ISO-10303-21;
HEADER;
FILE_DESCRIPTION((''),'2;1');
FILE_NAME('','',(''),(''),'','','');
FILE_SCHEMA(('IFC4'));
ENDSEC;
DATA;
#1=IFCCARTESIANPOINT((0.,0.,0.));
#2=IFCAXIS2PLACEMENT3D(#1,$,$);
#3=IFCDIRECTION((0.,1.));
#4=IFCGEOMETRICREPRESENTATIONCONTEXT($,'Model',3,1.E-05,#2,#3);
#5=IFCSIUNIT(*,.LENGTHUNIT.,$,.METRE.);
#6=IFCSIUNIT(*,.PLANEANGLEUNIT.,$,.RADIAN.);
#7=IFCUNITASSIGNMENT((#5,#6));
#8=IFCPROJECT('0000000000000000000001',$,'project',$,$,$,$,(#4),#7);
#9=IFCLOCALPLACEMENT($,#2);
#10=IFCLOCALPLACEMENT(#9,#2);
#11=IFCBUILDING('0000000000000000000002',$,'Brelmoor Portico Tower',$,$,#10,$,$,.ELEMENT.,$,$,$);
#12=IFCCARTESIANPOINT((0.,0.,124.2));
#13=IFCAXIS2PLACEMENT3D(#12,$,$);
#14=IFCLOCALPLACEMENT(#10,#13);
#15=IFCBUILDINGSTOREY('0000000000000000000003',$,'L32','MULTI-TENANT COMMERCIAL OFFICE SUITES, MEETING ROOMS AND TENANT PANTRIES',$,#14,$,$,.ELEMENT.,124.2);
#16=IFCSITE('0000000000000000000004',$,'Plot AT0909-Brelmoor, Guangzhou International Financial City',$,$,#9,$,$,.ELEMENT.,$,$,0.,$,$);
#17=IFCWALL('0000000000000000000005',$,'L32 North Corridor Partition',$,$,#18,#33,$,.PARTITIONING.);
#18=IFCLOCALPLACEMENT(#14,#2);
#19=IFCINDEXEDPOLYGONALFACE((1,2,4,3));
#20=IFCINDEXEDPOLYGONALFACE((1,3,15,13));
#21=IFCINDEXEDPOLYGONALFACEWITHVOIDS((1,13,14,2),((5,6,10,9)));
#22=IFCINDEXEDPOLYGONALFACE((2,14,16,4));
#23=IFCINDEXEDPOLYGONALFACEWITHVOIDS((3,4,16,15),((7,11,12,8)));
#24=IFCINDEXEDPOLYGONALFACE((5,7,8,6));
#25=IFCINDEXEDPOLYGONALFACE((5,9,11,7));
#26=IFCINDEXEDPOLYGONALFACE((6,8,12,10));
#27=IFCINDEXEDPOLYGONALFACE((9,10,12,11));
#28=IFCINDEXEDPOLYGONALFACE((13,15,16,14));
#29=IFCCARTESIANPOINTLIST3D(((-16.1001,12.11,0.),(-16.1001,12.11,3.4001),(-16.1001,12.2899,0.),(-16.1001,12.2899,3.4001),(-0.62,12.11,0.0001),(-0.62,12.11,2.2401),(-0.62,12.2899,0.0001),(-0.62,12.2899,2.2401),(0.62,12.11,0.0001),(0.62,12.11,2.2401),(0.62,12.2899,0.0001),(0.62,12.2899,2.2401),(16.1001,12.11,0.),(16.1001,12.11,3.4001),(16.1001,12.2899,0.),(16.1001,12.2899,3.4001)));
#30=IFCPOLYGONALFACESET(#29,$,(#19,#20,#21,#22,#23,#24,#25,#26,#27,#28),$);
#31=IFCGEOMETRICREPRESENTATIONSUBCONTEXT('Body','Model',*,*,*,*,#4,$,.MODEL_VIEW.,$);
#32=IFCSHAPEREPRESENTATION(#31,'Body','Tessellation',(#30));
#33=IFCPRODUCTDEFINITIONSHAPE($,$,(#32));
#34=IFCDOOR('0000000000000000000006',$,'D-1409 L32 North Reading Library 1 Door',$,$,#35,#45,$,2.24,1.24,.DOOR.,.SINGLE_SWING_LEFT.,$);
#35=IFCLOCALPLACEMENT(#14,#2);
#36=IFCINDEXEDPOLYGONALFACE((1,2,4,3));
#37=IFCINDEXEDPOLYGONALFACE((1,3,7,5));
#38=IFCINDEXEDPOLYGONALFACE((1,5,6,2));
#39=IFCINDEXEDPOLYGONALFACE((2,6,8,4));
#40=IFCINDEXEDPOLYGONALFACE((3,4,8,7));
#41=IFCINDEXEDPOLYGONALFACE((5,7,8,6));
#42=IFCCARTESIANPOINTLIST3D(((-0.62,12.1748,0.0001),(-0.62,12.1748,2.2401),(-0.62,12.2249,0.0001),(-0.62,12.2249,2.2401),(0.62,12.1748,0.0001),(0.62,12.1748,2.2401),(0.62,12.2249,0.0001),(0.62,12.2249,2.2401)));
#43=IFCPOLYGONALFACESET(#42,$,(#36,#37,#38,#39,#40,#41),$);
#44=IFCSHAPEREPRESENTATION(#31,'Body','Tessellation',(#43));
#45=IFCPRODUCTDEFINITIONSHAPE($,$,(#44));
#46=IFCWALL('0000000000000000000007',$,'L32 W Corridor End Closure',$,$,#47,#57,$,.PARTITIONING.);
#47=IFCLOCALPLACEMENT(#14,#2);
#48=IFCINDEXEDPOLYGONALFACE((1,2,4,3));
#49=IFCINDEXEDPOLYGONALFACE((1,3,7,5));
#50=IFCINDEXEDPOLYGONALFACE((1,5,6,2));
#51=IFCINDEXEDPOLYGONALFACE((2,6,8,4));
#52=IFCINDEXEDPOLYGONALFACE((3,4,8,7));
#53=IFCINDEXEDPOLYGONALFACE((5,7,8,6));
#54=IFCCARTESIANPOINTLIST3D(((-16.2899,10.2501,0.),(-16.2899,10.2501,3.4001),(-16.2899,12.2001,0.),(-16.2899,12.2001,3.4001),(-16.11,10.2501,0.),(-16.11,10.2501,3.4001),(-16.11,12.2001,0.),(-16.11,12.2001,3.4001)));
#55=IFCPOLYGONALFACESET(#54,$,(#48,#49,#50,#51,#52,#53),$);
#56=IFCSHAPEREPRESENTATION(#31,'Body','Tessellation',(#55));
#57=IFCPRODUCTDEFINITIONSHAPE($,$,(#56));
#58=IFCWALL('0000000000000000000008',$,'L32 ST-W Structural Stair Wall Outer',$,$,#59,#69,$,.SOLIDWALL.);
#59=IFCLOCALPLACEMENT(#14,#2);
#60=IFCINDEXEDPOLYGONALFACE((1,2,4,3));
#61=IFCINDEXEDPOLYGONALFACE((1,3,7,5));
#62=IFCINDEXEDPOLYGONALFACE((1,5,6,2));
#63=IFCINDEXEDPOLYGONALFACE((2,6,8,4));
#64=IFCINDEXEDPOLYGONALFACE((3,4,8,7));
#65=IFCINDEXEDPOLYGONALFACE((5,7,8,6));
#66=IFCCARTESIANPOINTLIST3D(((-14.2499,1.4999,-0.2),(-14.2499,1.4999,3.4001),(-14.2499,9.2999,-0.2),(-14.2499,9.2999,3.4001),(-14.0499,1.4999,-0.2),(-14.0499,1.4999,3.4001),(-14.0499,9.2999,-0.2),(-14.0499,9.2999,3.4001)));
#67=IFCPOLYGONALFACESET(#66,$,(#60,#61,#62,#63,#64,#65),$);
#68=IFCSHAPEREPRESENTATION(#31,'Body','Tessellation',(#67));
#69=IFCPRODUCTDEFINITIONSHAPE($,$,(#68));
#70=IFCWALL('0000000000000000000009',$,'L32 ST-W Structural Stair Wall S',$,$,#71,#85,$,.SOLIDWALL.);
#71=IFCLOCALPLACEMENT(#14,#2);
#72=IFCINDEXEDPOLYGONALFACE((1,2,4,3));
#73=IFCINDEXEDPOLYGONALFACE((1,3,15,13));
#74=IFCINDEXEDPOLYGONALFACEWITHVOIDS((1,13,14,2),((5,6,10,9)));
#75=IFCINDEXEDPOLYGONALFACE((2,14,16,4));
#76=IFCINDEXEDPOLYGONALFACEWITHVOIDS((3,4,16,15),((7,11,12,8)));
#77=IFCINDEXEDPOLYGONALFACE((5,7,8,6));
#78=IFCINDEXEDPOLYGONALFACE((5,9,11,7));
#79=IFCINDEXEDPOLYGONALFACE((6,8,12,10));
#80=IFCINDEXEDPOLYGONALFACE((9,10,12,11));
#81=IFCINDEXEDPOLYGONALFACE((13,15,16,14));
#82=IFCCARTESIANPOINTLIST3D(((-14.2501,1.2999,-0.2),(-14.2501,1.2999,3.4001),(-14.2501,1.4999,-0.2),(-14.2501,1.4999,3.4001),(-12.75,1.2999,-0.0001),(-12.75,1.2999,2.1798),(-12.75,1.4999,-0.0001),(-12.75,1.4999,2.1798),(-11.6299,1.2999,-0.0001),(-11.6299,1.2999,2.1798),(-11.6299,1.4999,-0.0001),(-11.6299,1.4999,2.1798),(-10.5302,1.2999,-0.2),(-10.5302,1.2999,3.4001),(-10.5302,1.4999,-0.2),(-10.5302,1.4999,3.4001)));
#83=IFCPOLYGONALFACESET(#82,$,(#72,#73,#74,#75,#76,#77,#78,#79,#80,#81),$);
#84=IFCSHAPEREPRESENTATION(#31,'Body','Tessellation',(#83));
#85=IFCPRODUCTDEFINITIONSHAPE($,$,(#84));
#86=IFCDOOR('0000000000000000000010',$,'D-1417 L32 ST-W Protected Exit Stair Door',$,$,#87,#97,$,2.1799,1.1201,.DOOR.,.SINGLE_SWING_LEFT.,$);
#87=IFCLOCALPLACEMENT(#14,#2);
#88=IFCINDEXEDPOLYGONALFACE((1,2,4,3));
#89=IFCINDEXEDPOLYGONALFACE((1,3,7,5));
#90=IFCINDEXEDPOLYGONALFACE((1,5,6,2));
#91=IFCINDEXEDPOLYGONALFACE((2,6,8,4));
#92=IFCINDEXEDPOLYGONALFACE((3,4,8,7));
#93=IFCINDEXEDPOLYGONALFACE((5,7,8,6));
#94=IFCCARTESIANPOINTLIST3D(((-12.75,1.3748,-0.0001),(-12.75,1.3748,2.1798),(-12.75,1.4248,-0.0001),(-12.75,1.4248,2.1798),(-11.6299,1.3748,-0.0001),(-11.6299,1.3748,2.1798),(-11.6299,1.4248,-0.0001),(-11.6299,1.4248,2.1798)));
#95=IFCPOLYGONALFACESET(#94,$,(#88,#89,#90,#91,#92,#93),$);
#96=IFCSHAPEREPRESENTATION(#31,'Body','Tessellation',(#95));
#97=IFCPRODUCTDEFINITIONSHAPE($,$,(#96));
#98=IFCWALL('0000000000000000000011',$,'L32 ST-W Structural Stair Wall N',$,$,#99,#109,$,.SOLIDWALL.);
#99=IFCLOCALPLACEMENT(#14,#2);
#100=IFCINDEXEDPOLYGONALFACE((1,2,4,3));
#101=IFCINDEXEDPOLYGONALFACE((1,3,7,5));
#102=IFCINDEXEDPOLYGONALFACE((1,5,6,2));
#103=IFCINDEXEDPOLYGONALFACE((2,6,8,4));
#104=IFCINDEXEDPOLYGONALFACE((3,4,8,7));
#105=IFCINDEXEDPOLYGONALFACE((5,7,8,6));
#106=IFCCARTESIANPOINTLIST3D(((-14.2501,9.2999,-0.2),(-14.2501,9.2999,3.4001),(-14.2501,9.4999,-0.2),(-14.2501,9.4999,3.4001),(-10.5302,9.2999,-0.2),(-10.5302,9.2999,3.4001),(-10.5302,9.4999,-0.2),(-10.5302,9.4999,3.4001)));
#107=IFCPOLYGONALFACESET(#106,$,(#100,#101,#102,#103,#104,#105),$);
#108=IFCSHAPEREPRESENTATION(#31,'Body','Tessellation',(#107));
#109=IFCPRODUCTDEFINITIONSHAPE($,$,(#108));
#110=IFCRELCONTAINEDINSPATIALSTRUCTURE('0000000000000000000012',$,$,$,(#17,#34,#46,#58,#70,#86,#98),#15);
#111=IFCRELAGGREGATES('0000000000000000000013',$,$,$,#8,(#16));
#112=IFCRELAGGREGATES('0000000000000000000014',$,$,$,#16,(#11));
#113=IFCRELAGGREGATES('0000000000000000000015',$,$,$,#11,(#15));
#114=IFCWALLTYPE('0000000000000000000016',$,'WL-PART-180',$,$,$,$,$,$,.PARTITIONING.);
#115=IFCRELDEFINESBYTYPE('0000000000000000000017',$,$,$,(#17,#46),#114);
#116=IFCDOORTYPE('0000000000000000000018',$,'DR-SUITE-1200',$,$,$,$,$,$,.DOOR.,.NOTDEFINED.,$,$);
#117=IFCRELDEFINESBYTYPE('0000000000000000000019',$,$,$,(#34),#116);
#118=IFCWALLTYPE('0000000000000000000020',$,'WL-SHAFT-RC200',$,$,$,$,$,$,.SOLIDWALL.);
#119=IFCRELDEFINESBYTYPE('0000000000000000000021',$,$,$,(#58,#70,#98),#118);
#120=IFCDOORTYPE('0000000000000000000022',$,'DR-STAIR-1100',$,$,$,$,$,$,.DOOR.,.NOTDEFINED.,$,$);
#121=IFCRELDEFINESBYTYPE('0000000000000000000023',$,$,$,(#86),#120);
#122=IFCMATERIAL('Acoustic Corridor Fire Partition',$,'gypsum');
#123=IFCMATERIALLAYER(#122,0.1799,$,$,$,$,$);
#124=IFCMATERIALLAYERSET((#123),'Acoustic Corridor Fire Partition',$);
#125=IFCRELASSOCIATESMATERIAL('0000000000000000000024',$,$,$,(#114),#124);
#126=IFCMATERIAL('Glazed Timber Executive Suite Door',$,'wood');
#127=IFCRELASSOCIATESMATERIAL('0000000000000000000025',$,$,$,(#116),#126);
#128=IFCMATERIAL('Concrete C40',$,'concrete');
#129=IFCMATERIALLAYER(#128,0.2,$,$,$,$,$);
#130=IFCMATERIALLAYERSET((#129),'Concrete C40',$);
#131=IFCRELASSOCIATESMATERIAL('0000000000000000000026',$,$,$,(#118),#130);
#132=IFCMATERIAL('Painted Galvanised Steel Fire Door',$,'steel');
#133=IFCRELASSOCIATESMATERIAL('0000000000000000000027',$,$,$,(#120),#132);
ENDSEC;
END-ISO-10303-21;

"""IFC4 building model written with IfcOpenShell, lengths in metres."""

from ifc_helpers import new_model, si_unit, direction, frame, frame_2d, origin, place, context, subcontext, project, spatial, rectangle, extrude, material, layer, layer_set, type_object, element, fill, save


model = new_model("IFC4")

# Units and contexts
model_context = context("Model", 3, precision=1e-05, world=origin(), true_north=direction((0.0, 1.0)))
body_context = subcontext(model_context, "Body", "Model", "MODEL_VIEW")
ifc_project = project(units=[si_unit("LENGTHUNIT", "METRE"), si_unit("PLANEANGLEUNIT", "RADIAN")], contexts=[model_context])

# Site, building, storey
site_placement = place(None, origin())
site = spatial("IfcSite", under=ifc_project, at=site_placement, Name="Plot AT0909-Brelmoor, Guangzhou International Financial City", CompositionType="ELEMENT", RefElevation=0.0)
building_placement = place(site_placement, origin())
building = spatial("IfcBuilding", under=site, at=building_placement, Name="Brelmoor Portico Tower", CompositionType="ELEMENT")
storey_placement = place(building_placement, frame((0.0, 0.0, 124.2)))
storey = spatial("IfcBuildingStorey", under=building, at=storey_placement, Name="L32", Description="MULTI-TENANT COMMERCIAL OFFICE SUITES, MEETING ROOMS AND TENANT PANTRIES", CompositionType="ELEMENT", Elevation=124.2)

# Wall, opening, door
ifc_material_1 = material(Name="Acoustic Corridor Fire Partition", Category="gypsum")
ifc_layer_1 = layer(ifc_material_1, 0.1799)
ifc_layer_set_1 = layer_set([ifc_layer_1], Name="Acoustic Corridor Fire Partition")
wall_type_1 = type_object("IfcWallType", Name="WL-PART-180", PredefinedType="PARTITIONING", material=ifc_layer_set_1)
wall_1_placement = place(storey_placement, frame((-16.1001, 12.2, 0.0), z_axis=(0.0, 0.0, 1.0), x_axis=(1.0, 0.0, 0.0)))
wall_1 = element("IfcWall", 1, at=wall_1_placement, inside=storey, type_object=wall_type_1, Name="L32 North Corridor Partition", PredefinedType="PARTITIONING", context=body_context, shape_type="SweptSolid", body=[
    extrude(rectangle(XDim=32.2002, YDim=0.1799, at=frame_2d((16.1001, 0.0))), origin(), (0.0, 0.0, 1.0), 3.4001),
])
opening_1_placement = place(wall_1_placement, frame((15.48, 0.0, 0.0)))
opening_1 = element("IfcOpeningElement", 2, at=opening_1_placement, cuts=wall_1, PredefinedType="OPENING", context=body_context, shape_type="SweptSolid", body=[
    extrude(rectangle(XDim=1.24, YDim=2.24, at=frame_2d((0.6201, 1.1201))), frame((0.0, 0.0999, 0.0), z_axis=(0.0, -1.0, 0.0), x_axis=(1.0, 0.0, 0.0)), (0.0, 0.0, 1.0), 0.2),
])
ifc_material_2 = material(Name="Glazed Timber Executive Suite Door", Category="wood")
door_type_1 = type_object("IfcDoorType", Name="DR-SUITE-1200", OperationType="NOTDEFINED", PredefinedType="DOOR", material=ifc_material_2)
door_1_placement = place(opening_1_placement, origin())
door_1 = element("IfcDoor", 3, at=door_1_placement, inside=storey, type_object=door_type_1, Name="D-1409 L32 North Reading Library 1 Door", OperationType="SINGLE_SWING_LEFT", OverallHeight=2.24, OverallWidth=1.24, PredefinedType="DOOR", context=body_context, shape_type="SweptSolid", body=[
    extrude(rectangle(XDim=1.24, YDim=2.24, at=frame_2d((0.6201, 1.1201))), frame((0.0, 0.0249, 0.0), z_axis=(0.0, -1.0, 0.0), x_axis=(1.0, 0.0, 0.0)), (0.0, 0.0, 1.0), 0.05),
])
fill(opening_1, door_1)

# Walls
wall_2_placement = place(storey_placement, frame((-16.2, 10.25, 0.0), z_axis=(0.0, 0.0, 1.0), x_axis=(0.0, 1.0, 0.0)))
element("IfcWall", 4, at=wall_2_placement, inside=storey, type_object=wall_type_1, Name="L32 W Corridor End Closure", PredefinedType="PARTITIONING", context=body_context, shape_type="SweptSolid", body=[
    extrude(rectangle(XDim=1.95, YDim=0.1799, at=frame_2d((0.9751, 0.0))), origin(), (0.0, 0.0, 1.0), 3.4001),
])
ifc_material_3 = material(Name="Concrete C40", Category="concrete")
ifc_layer_2 = layer(ifc_material_3, 0.2)
ifc_layer_set_2 = layer_set([ifc_layer_2], Name="Concrete C40")
wall_type_2 = type_object("IfcWallType", Name="WL-SHAFT-RC200", PredefinedType="SOLIDWALL", material=ifc_layer_set_2)
wall_3_placement = place(storey_placement, frame((-14.1499, 1.5, -0.2), z_axis=(0.0, 0.0, 1.0), x_axis=(0.0, 1.0, 0.0)))
element("IfcWall", 5, at=wall_3_placement, inside=storey, type_object=wall_type_2, Name="L32 ST-W Structural Stair Wall Outer", PredefinedType="SOLIDWALL", context=body_context, shape_type="SweptSolid", body=[
    extrude(rectangle(XDim=7.8, YDim=0.2, at=frame_2d((3.8999, 0.0))), origin(), (0.0, 0.0, 1.0), 3.6001),
])

# Wall, opening, door
wall_4_placement = place(storey_placement, frame((-14.25, 1.3999, -0.2), z_axis=(0.0, 0.0, 1.0), x_axis=(1.0, 0.0, 0.0)))
wall_4 = element("IfcWall", 6, at=wall_4_placement, inside=storey, type_object=wall_type_2, Name="L32 ST-W Structural Stair Wall S", PredefinedType="SOLIDWALL", context=body_context, shape_type="SweptSolid", body=[
    extrude(rectangle(XDim=3.72, YDim=0.2, at=frame_2d((1.8599, 0.0))), origin(), (0.0, 0.0, 1.0), 3.6001),
])
opening_2_placement = place(wall_4_placement, frame((1.5, 0.0, 0.2)))
opening_2 = element("IfcOpeningElement", 7, at=opening_2_placement, cuts=wall_4, PredefinedType="OPENING", context=body_context, shape_type="SweptSolid", body=[
    extrude(rectangle(XDim=1.1201, YDim=2.1799, at=frame_2d((0.5601, 1.0898))), frame((0.0, 0.1099, 0.0), z_axis=(0.0, -1.0, 0.0), x_axis=(1.0, 0.0, 0.0)), (0.0, 0.0, 1.0), 0.22),
])
ifc_material_4 = material(Name="Painted Galvanised Steel Fire Door", Category="steel")
door_type_2 = type_object("IfcDoorType", Name="DR-STAIR-1100", OperationType="NOTDEFINED", PredefinedType="DOOR", material=ifc_material_4)
door_2_placement = place(opening_2_placement, origin())
door_2 = element("IfcDoor", 8, at=door_2_placement, inside=storey, type_object=door_type_2, Name="D-1417 L32 ST-W Protected Exit Stair Door", OperationType="SINGLE_SWING_LEFT", OverallHeight=2.1799, OverallWidth=1.1201, PredefinedType="DOOR", context=body_context, shape_type="SweptSolid", body=[
    extrude(rectangle(XDim=1.1201, YDim=2.1799, at=frame_2d((0.5601, 1.0898))), frame((0.0, 0.0249, 0.0), z_axis=(0.0, -1.0, 0.0), x_axis=(1.0, 0.0, 0.0)), (0.0, 0.0, 1.0), 0.05),
])
fill(opening_2, door_2)

# Wall
wall_5_placement = place(storey_placement, frame((-14.25, 9.3999, -0.2), z_axis=(0.0, 0.0, 1.0), x_axis=(1.0, 0.0, 0.0)))
element("IfcWall", 9, at=wall_5_placement, inside=storey, type_object=wall_type_2, Name="L32 ST-W Structural Stair Wall N", PredefinedType="SOLIDWALL", context=body_context, shape_type="SweptSolid", body=[
    extrude(rectangle(XDim=3.72, YDim=0.2, at=frame_2d((1.8599, 0.0))), origin(), (0.0, 0.0, 1.0), 3.6001),
])

save(model, "model.ifc")
